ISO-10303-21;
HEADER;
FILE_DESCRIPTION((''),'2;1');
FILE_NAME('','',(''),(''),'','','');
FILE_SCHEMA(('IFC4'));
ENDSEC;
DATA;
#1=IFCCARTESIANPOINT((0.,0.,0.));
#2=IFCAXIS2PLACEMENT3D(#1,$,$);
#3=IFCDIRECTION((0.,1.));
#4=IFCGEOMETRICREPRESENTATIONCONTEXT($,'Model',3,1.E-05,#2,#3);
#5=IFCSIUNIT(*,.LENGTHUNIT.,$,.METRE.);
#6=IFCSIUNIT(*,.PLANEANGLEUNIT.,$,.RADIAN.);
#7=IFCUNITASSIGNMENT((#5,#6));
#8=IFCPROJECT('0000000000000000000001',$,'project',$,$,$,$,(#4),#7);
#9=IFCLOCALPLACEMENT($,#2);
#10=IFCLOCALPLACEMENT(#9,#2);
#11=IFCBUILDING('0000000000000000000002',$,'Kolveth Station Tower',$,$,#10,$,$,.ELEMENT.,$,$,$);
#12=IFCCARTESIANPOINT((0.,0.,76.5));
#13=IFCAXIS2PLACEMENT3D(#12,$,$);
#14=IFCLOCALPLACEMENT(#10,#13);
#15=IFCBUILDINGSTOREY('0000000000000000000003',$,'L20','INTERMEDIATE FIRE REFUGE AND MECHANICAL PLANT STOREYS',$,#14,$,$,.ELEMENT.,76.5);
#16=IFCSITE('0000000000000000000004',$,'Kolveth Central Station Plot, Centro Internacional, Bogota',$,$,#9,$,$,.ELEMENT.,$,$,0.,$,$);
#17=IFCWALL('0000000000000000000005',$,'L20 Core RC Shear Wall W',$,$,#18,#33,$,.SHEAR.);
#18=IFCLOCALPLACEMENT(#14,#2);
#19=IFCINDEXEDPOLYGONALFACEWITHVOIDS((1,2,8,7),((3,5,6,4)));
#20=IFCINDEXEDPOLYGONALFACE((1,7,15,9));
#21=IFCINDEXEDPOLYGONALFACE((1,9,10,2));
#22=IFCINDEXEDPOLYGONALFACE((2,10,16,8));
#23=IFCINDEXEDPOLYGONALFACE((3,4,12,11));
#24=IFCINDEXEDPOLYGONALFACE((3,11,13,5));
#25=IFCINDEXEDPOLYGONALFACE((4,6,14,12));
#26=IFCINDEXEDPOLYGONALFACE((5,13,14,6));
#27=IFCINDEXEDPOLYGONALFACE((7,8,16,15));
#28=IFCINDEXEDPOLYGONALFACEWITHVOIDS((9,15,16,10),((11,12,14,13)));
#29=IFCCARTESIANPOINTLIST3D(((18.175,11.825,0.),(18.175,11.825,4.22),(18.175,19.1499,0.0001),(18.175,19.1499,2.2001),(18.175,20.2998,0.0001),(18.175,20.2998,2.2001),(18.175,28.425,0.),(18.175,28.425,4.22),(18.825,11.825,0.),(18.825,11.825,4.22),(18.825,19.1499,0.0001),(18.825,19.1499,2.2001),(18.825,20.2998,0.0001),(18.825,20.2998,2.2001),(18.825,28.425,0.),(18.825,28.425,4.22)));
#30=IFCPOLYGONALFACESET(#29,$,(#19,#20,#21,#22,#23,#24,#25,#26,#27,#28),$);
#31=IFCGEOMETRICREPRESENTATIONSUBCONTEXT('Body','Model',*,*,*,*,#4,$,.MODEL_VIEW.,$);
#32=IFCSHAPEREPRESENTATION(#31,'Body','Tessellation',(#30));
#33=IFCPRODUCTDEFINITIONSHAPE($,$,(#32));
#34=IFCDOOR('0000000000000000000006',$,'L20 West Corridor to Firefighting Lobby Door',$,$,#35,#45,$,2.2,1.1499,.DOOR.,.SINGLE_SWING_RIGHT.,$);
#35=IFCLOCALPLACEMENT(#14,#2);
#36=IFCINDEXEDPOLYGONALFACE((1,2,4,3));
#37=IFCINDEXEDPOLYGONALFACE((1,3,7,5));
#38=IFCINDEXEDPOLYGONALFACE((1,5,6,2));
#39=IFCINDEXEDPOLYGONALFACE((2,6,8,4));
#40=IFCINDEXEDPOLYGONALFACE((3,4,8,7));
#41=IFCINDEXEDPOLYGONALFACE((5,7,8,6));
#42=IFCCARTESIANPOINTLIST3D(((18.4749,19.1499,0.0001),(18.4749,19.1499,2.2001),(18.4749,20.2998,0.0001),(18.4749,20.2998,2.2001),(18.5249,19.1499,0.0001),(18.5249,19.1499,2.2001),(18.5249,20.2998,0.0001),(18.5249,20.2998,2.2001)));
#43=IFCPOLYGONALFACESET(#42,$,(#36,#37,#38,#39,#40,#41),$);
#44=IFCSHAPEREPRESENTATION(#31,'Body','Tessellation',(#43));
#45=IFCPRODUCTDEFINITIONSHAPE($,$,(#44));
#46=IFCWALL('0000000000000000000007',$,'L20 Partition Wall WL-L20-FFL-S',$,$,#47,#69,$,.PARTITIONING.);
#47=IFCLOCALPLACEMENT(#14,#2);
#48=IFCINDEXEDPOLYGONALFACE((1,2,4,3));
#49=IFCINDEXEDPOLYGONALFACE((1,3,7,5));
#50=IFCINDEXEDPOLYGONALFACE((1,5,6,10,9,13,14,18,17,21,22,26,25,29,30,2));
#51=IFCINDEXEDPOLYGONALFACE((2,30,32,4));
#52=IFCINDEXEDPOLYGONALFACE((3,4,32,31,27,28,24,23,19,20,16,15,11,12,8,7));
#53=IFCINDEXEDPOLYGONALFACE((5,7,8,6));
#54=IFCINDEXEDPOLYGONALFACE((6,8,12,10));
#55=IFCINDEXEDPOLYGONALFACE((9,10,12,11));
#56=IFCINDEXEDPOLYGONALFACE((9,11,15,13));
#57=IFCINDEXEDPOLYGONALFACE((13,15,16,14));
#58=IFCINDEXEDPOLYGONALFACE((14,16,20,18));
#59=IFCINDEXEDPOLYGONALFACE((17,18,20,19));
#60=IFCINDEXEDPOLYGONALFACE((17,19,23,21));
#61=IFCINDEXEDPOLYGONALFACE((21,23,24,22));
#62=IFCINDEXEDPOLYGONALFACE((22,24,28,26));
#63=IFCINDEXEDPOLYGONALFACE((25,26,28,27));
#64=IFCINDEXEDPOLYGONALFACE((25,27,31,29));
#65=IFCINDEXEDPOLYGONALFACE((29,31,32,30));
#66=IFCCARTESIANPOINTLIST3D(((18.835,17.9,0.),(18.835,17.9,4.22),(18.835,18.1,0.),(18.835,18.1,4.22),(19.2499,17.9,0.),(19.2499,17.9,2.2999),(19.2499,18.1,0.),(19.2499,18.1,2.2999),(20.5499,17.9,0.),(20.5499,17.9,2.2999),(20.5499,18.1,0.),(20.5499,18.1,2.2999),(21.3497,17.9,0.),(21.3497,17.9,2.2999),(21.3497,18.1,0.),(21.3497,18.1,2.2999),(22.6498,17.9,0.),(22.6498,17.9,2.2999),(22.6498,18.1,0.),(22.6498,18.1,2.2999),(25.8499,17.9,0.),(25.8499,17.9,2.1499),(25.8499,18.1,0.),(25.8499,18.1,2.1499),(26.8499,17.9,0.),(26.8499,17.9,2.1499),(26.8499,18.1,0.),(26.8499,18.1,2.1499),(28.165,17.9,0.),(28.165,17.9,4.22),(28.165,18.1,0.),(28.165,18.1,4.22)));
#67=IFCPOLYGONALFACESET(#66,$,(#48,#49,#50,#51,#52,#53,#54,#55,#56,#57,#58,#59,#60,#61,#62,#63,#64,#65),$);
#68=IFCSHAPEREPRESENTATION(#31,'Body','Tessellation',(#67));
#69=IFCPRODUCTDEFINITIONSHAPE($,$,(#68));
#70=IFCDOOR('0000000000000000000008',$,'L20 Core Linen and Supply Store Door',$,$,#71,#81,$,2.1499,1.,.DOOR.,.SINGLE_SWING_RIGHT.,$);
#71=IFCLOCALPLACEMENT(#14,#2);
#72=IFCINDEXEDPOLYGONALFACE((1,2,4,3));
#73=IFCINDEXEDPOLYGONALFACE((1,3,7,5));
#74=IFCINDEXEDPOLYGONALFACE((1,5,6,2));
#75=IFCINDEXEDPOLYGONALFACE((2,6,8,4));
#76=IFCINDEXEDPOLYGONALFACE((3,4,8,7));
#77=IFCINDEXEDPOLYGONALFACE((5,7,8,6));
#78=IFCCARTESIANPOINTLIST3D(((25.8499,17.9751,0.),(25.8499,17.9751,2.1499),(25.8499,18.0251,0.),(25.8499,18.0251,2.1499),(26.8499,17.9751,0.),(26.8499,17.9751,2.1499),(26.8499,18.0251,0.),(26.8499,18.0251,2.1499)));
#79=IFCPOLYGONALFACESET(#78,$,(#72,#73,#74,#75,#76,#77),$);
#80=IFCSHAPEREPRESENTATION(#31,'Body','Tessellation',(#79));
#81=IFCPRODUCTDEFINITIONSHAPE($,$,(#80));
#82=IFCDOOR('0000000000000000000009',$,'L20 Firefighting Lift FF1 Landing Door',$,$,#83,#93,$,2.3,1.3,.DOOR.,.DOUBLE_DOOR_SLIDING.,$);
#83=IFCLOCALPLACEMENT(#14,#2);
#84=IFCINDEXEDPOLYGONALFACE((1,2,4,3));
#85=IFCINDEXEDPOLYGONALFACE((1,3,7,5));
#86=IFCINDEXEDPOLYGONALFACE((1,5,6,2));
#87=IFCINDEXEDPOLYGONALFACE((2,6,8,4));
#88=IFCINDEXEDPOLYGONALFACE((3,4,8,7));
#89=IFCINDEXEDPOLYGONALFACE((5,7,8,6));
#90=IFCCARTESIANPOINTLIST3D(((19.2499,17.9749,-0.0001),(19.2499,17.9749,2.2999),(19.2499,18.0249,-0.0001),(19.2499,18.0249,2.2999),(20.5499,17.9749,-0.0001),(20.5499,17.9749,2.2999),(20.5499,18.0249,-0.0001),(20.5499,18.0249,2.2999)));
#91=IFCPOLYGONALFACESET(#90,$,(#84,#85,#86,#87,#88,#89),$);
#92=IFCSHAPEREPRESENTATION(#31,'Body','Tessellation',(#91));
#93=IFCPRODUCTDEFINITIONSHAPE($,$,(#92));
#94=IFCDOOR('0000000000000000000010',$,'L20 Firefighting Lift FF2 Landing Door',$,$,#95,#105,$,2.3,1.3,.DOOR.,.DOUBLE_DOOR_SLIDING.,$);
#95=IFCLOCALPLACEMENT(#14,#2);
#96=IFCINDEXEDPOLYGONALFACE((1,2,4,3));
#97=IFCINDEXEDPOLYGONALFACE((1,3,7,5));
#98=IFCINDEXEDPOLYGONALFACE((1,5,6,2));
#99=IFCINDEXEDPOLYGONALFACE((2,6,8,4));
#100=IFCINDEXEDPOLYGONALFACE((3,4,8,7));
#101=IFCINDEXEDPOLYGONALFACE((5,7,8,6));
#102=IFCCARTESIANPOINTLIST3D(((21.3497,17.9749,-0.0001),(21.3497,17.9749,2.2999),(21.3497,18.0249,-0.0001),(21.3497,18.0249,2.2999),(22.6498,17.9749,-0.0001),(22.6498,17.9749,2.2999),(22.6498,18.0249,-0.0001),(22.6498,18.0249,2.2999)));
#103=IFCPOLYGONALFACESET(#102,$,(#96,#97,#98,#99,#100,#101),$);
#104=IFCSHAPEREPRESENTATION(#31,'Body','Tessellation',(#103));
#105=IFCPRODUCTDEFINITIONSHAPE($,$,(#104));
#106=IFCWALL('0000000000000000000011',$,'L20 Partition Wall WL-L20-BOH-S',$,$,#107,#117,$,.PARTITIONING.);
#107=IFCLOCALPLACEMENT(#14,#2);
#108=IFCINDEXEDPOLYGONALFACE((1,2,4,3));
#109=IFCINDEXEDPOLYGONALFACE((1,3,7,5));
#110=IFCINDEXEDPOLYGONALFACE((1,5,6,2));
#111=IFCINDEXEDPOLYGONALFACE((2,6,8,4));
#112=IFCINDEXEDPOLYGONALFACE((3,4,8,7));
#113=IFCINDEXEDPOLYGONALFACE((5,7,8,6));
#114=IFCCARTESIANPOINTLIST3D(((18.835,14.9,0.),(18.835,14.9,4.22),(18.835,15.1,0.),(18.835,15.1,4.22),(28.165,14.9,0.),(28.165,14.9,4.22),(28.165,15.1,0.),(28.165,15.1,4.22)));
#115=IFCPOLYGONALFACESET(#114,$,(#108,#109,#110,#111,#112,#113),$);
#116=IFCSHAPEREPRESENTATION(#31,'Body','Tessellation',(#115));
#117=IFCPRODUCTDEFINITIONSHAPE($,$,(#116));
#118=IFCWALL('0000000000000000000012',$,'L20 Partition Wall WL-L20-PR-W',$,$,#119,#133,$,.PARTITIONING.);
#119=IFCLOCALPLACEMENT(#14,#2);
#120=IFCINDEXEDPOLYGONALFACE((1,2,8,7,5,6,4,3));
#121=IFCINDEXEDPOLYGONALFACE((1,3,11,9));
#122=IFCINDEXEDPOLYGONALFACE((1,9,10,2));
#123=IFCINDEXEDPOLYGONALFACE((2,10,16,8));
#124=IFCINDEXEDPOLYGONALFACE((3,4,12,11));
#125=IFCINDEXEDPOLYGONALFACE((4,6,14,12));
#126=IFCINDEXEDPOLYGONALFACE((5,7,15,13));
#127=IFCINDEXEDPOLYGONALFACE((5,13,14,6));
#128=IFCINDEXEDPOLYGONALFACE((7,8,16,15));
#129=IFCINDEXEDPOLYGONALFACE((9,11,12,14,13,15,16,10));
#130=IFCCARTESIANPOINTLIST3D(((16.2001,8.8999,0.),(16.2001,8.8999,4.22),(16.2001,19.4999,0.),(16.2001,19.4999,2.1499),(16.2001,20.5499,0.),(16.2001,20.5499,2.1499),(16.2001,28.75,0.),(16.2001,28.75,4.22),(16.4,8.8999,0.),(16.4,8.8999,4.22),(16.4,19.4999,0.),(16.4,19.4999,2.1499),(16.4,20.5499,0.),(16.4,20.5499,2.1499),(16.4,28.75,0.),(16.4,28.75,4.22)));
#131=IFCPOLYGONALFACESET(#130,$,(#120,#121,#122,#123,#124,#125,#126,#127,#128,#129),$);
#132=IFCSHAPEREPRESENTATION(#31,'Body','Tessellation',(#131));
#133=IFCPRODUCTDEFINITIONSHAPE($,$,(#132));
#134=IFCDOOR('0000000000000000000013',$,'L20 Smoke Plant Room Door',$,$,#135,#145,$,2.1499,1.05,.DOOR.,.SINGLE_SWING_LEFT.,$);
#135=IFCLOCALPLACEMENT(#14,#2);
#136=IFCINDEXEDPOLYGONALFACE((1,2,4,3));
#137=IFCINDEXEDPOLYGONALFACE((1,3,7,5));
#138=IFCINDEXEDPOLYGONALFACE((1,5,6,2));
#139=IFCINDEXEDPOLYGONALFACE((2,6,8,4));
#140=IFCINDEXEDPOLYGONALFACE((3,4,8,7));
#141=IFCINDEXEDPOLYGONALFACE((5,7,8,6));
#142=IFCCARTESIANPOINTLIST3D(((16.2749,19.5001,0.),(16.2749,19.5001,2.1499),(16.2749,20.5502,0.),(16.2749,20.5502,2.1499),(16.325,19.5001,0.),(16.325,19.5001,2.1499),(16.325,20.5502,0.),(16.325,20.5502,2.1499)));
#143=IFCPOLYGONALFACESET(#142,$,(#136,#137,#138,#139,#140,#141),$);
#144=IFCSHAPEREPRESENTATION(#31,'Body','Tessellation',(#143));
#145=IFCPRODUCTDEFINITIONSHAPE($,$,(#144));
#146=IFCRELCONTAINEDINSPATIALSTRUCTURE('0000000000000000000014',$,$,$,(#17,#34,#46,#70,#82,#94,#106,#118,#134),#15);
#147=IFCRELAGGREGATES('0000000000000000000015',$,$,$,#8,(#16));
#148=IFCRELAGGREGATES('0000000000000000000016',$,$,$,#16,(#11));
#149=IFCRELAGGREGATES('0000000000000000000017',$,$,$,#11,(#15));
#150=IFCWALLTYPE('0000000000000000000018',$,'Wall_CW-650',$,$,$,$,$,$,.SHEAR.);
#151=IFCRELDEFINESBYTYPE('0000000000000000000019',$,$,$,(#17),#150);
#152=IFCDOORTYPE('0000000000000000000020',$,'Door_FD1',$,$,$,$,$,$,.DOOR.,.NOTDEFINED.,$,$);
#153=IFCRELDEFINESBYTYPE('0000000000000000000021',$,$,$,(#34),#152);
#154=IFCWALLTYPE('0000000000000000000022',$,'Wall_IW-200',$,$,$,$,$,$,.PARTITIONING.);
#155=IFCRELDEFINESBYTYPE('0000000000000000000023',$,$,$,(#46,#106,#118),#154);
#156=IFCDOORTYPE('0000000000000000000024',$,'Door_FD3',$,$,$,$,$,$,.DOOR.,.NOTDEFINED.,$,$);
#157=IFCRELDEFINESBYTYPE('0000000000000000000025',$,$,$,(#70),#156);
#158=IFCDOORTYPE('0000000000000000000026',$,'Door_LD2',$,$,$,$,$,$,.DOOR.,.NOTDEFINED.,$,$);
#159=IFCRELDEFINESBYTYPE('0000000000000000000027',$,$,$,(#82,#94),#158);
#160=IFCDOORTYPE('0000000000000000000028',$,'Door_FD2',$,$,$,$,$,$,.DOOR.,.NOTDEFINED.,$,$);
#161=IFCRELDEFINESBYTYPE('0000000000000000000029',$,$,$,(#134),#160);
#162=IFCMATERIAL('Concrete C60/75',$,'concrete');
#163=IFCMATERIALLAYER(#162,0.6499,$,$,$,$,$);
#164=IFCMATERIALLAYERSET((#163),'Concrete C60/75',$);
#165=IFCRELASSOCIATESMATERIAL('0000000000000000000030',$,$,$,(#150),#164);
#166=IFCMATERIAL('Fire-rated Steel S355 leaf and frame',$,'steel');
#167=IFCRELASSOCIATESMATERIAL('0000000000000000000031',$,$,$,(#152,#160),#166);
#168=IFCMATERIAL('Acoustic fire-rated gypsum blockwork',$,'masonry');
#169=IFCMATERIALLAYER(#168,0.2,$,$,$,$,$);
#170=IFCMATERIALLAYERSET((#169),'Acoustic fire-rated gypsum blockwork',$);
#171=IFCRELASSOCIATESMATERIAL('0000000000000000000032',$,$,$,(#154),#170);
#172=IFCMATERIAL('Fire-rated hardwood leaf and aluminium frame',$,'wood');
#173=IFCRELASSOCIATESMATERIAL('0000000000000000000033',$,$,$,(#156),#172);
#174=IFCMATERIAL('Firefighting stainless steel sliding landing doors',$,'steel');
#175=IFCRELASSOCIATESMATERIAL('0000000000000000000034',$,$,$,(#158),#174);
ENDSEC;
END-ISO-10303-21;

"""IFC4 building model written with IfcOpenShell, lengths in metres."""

from ifc_helpers import new_model, si_unit, direction, frame, frame_2d, origin, place, context, subcontext, project, spatial, rectangle, extrude, material, layer, layer_set, type_object, element, fill, save


model = new_model("IFC4")

# Units and contexts
model_context = context("Model", 3, precision=1e-05, world=origin(), true_north=direction((0.0, 1.0)))
body_context = subcontext(model_context, "Body", "Model", "MODEL_VIEW")
ifc_project = project(units=[si_unit("LENGTHUNIT", "METRE"), si_unit("PLANEANGLEUNIT", "RADIAN")], contexts=[model_context])

# Site, building, storey
site_placement = place(None, origin())
site = spatial("IfcSite", under=ifc_project, at=site_placement, Name="Kolveth Central Station Plot, Centro Internacional, Bogota", CompositionType="ELEMENT", RefElevation=0.0)
building_placement = place(site_placement, origin())
building = spatial("IfcBuilding", under=site, at=building_placement, Name="Kolveth Station Tower", CompositionType="ELEMENT")
storey_placement = place(building_placement, frame((0.0, 0.0, 76.5)))
storey = spatial("IfcBuildingStorey", under=building, at=storey_placement, Name="L20", Description="INTERMEDIATE FIRE REFUGE AND MECHANICAL PLANT STOREYS", CompositionType="ELEMENT", Elevation=76.5)

# Shared definitions
ifc_material_1 = material(Name="Concrete C60/75", Category="concrete")
ifc_layer_1 = layer(ifc_material_1, 0.6499)
ifc_layer_set_1 = layer_set([ifc_layer_1], Name="Concrete C60/75")
wall_type_1 = type_object("IfcWallType", Name="Wall_CW-650", PredefinedType="SHEAR", material=ifc_layer_set_1)

# Wall, opening, door
wall_1_placement = place(storey_placement, frame((18.5, 11.825, 0.0), z_axis=(0.0, 0.0, 1.0), x_axis=(0.0, 1.0, 0.0)))
wall_1 = element("IfcWall", 1, at=wall_1_placement, inside=storey, type_object=wall_type_1, Name="L20 Core RC Shear Wall W", PredefinedType="SHEAR", context=body_context, shape_type="SweptSolid", body=[
    extrude(rectangle(XDim=16.6001, YDim=0.6499, at=frame_2d((8.3, 0.0))), origin(), (0.0, 0.0, 1.0), 4.22),
])
opening_1_placement = place(wall_1_placement, frame((7.325, 0.0, 0.0)))
opening_1 = element("IfcOpeningElement", 2, at=opening_1_placement, cuts=wall_1, PredefinedType="OPENING", context=body_context, shape_type="SweptSolid", body=[
    extrude(rectangle(XDim=1.1499, YDim=2.2, at=frame_2d((0.575, 1.1001))), frame((0.0, 0.335, 0.0), z_axis=(0.0, -1.0, 0.0), x_axis=(1.0, 0.0, 0.0)), (0.0, 0.0, 1.0), 0.6699),
])
ifc_material_2 = material(Name="Fire-rated Steel S355 leaf and frame", Category="steel")
door_type_1 = type_object("IfcDoorType", Name="Door_FD1", OperationType="NOTDEFINED", PredefinedType="DOOR", material=ifc_material_2)
door_1_placement = place(opening_1_placement, frame((1.1499, 0.0, 0.0), z_axis=(0.0, 0.0, 1.0), x_axis=(-1.0, 0.0, 0.0)))
door_1 = element("IfcDoor", 3, at=door_1_placement, inside=storey, type_object=door_type_1, Name="L20 West Corridor to Firefighting Lobby Door", OperationType="SINGLE_SWING_RIGHT", OverallHeight=2.2, OverallWidth=1.1499, PredefinedType="DOOR", context=body_context, shape_type="SweptSolid", body=[
    extrude(rectangle(XDim=1.1499, YDim=2.2, at=frame_2d((0.575, 1.1001))), frame((0.0, 0.0249, 0.0), z_axis=(0.0, -1.0, 0.0), x_axis=(1.0, 0.0, 0.0)), (0.0, 0.0, 1.0), 0.05),
])
fill(opening_1, door_1)

# Wall, openings, doors
ifc_material_3 = material(Name="Acoustic fire-rated gypsum blockwork", Category="masonry")
ifc_layer_2 = layer(ifc_material_3, 0.2)
ifc_layer_set_2 = layer_set([ifc_layer_2], Name="Acoustic fire-rated gypsum blockwork")
wall_type_2 = type_object("IfcWallType", Name="Wall_IW-200", PredefinedType="PARTITIONING", material=ifc_layer_set_2)
wall_2_placement = place(storey_placement, frame((18.835, 18.0, 0.0), z_axis=(0.0, 0.0, 1.0), x_axis=(1.0, 0.0, 0.0)))
wall_2 = element("IfcWall", 4, at=wall_2_placement, inside=storey, type_object=wall_type_2, Name="L20 Partition Wall WL-L20-FFL-S", PredefinedType="PARTITIONING", context=body_context, shape_type="SweptSolid", body=[
    extrude(rectangle(XDim=9.3301, YDim=0.2, at=frame_2d((4.665, 0.0))), origin(), (0.0, 0.0, 1.0), 4.22),
])
opening_2_placement = place(wall_2_placement, frame((0.415, 0.0, 0.0)))
opening_2 = element("IfcOpeningElement", 5, at=opening_2_placement, cuts=wall_2, PredefinedType="OPENING", context=body_context, shape_type="SweptSolid", body=[
    extrude(rectangle(XDim=1.3, YDim=2.3, at=frame_2d((0.6499, 1.1499))), frame((0.0, 0.1099, 0.0), z_axis=(0.0, -1.0, 0.0), x_axis=(1.0, 0.0, 0.0)), (0.0, 0.0, 1.0), 0.22),
])
opening_3_placement = place(wall_2_placement, frame((2.5149, 0.0, 0.0)))
opening_3 = element("IfcOpeningElement", 6, at=opening_3_placement, cuts=wall_2, PredefinedType="OPENING", context=body_context, shape_type="SweptSolid", body=[
    extrude(rectangle(XDim=1.3, YDim=2.3, at=frame_2d((0.6499, 1.1499))), frame((0.0, 0.1099, 0.0), z_axis=(0.0, -1.0, 0.0), x_axis=(1.0, 0.0, 0.0)), (0.0, 0.0, 1.0), 0.22),
])
opening_4_placement = place(wall_2_placement, frame((7.0149, 0.0, 0.0)))
opening_4 = element("IfcOpeningElement", 7, at=opening_4_placement, cuts=wall_2, PredefinedType="OPENING", context=body_context, shape_type="SweptSolid", body=[
    extrude(rectangle(XDim=1.0, YDim=2.1499, at=frame_2d((0.5, 1.075))), frame((0.0, 0.1099, 0.0), z_axis=(0.0, -1.0, 0.0), x_axis=(1.0, 0.0, 0.0)), (0.0, 0.0, 1.0), 0.22),
])
ifc_material_4 = material(Name="Fire-rated hardwood leaf and aluminium frame", Category="wood")
door_type_2 = type_object("IfcDoorType", Name="Door_FD3", OperationType="NOTDEFINED", PredefinedType="DOOR", material=ifc_material_4)
door_2_placement = place(opening_4_placement, frame((1.0, 0.0, 0.0), z_axis=(0.0, 0.0, 1.0), x_axis=(-1.0, 0.0, 0.0)))
door_2 = element("IfcDoor", 8, at=door_2_placement, inside=storey, type_object=door_type_2, Name="L20 Core Linen and Supply Store Door", OperationType="SINGLE_SWING_RIGHT", OverallHeight=2.1499, OverallWidth=1.0, PredefinedType="DOOR", context=body_context, shape_type="SweptSolid", body=[
    extrude(rectangle(XDim=1.0, YDim=2.1499, at=frame_2d((0.5, 1.075))), frame((0.0, 0.0249, 0.0), z_axis=(0.0, -1.0, 0.0), x_axis=(1.0, 0.0, 0.0)), (0.0, 0.0, 1.0), 0.05),
])
fill(opening_4, door_2)
ifc_material_5 = material(Name="Firefighting stainless steel sliding landing doors", Category="steel")
door_type_3 = type_object("IfcDoorType", Name="Door_LD2", OperationType="NOTDEFINED", PredefinedType="DOOR", material=ifc_material_5)
door_3_placement = place(opening_2_placement, origin())
door_3 = element("IfcDoor", 9, at=door_3_placement, inside=storey, type_object=door_type_3, Name="L20 Firefighting Lift FF1 Landing Door", OperationType="DOUBLE_DOOR_SLIDING", OverallHeight=2.3, OverallWidth=1.3, PredefinedType="DOOR", context=body_context, shape_type="SweptSolid", body=[
    extrude(rectangle(XDim=1.3, YDim=2.3, at=frame_2d((0.6499, 1.1499))), frame((0.0, 0.0249, 0.0), z_axis=(0.0, -1.0, 0.0), x_axis=(1.0, 0.0, 0.0)), (0.0, 0.0, 1.0), 0.05),
])
fill(opening_2, door_3)
door_4_placement = place(opening_3_placement, origin())
door_4 = element("IfcDoor", 10, at=door_4_placement, inside=storey, type_object=door_type_3, Name="L20 Firefighting Lift FF2 Landing Door", OperationType="DOUBLE_DOOR_SLIDING", OverallHeight=2.3, OverallWidth=1.3, PredefinedType="DOOR", context=body_context, shape_type="SweptSolid", body=[
    extrude(rectangle(XDim=1.3, YDim=2.3, at=frame_2d((0.6499, 1.1499))), frame((0.0, 0.0249, 0.0), z_axis=(0.0, -1.0, 0.0), x_axis=(1.0, 0.0, 0.0)), (0.0, 0.0, 1.0), 0.05),
])
fill(opening_3, door_4)

# Wall
wall_3_placement = place(storey_placement, frame((18.835, 15.0, 0.0), z_axis=(0.0, 0.0, 1.0), x_axis=(1.0, 0.0, 0.0)))
element("IfcWall", 11, at=wall_3_placement, inside=storey, type_object=wall_type_2, Name="L20 Partition Wall WL-L20-BOH-S", PredefinedType="PARTITIONING", context=body_context, shape_type="SweptSolid", body=[
    extrude(rectangle(XDim=9.3301, YDim=0.2, at=frame_2d((4.665, 0.0))), origin(), (0.0, 0.0, 1.0), 4.22),
])

# Wall, opening, door
wall_4_placement = place(storey_placement, frame((16.3, 8.8999, 0.0), z_axis=(0.0, 0.0, 1.0), x_axis=(0.0, 1.0, 0.0)))
wall_4 = element("IfcWall", 12, at=wall_4_placement, inside=storey, type_object=wall_type_2, Name="L20 Partition Wall WL-L20-PR-W", PredefinedType="PARTITIONING", context=body_context, shape_type="SweptSolid", body=[
    extrude(rectangle(XDim=19.8501, YDim=0.2, at=frame_2d((9.925, 0.0))), origin(), (0.0, 0.0, 1.0), 4.22),
])
opening_5_placement = place(wall_4_placement, frame((10.6001, 0.0, 0.0)))
opening_5 = element("IfcOpeningElement", 13, at=opening_5_placement, cuts=wall_4, PredefinedType="OPENING", context=body_context, shape_type="SweptSolid", body=[
    extrude(rectangle(XDim=1.05, YDim=2.1499, at=frame_2d((0.5249, 1.075))), frame((0.0, 0.1099, 0.0), z_axis=(0.0, -1.0, 0.0), x_axis=(1.0, 0.0, 0.0)), (0.0, 0.0, 1.0), 0.22),
])
door_type_4 = type_object("IfcDoorType", Name="Door_FD2", OperationType="NOTDEFINED", PredefinedType="DOOR", material=ifc_material_2)
door_5_placement = place(opening_5_placement, frame((1.05, 0.0, 0.0), z_axis=(0.0, 0.0, 1.0), x_axis=(-1.0, 0.0, 0.0)))
door_5 = element("IfcDoor", 14, at=door_5_placement, inside=storey, type_object=door_type_4, Name="L20 Smoke Plant Room Door", OperationType="SINGLE_SWING_LEFT", OverallHeight=2.1499, OverallWidth=1.05, PredefinedType="DOOR", context=body_context, shape_type="SweptSolid", body=[
    extrude(rectangle(XDim=1.05, YDim=2.1499, at=frame_2d((0.5249, 1.075))), frame((0.0, 0.0249, 0.0), z_axis=(0.0, -1.0, 0.0), x_axis=(1.0, 0.0, 0.0)), (0.0, 0.0, 1.0), 0.05),
])
fill(opening_5, door_5)

save(model, "model.ifc")
